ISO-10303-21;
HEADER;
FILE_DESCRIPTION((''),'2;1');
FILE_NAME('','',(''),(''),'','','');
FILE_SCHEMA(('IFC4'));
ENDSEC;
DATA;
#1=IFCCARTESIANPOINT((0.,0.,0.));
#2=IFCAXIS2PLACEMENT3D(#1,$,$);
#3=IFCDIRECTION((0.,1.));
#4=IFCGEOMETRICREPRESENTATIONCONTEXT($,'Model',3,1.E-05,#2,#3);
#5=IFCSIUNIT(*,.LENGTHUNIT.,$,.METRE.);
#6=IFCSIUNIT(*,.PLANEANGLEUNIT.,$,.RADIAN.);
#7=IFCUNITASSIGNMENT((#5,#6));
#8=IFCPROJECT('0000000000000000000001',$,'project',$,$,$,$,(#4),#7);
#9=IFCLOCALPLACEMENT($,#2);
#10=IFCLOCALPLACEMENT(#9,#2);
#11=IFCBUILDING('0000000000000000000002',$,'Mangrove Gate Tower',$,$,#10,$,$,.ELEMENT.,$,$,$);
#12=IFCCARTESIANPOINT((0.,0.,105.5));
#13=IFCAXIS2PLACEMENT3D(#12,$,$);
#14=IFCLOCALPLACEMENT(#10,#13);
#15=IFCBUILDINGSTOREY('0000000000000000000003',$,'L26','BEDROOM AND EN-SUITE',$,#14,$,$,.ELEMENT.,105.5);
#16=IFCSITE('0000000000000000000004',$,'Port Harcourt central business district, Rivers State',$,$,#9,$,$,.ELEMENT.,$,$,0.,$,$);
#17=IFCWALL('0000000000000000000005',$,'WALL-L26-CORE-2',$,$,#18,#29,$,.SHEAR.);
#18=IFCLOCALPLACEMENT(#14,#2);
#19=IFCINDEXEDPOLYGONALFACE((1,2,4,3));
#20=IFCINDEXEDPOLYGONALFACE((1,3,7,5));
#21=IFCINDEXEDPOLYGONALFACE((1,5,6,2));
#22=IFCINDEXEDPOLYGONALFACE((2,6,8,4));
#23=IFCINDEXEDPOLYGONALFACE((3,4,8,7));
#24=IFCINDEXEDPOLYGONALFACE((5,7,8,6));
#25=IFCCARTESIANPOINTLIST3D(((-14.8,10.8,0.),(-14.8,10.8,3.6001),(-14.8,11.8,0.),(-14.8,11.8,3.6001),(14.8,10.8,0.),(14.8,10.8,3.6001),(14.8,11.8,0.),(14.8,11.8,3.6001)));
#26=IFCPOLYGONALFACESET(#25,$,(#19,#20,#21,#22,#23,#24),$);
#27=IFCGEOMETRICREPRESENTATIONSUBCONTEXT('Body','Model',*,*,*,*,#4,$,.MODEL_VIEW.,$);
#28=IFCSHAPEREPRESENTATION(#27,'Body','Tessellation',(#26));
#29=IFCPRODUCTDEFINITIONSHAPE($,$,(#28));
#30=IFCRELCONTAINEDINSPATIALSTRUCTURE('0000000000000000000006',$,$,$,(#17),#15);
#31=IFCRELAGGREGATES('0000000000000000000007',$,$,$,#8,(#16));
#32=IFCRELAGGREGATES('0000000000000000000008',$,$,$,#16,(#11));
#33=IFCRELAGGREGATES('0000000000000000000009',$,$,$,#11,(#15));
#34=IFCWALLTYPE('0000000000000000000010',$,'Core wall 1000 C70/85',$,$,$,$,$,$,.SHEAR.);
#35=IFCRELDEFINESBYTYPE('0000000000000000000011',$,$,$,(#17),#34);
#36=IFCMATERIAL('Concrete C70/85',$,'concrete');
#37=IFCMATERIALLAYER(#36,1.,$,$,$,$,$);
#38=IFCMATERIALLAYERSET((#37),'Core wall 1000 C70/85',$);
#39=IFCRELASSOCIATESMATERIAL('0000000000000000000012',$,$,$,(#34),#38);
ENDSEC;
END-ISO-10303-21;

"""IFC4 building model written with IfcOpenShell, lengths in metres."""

from ifc_helpers import new_model, si_unit, direction, frame, frame_2d, origin, place, context, subcontext, project, spatial, rectangle, extrude, material, layer, layer_set, type_object, element, save


model = new_model("IFC4")

# Units and contexts
model_context = context("Model", 3, precision=1e-05, world=origin(), true_north=direction((0.0, 1.0)))
body_context = subcontext(model_context, "Body", "Model", "MODEL_VIEW")
ifc_project = project(units=[si_unit("LENGTHUNIT", "METRE"), si_unit("PLANEANGLEUNIT", "RADIAN")], contexts=[model_context])

# Site, building, storey
site_placement = place(None, origin())
site = spatial("IfcSite", under=ifc_project, at=site_placement, Name="Port Harcourt central business district, Rivers State", CompositionType="ELEMENT", RefElevation=0.0)
building_placement = place(site_placement, origin())
building = spatial("IfcBuilding", under=site, at=building_placement, Name="Mangrove Gate Tower", CompositionType="ELEMENT")
storey_placement = place(building_placement, frame((0.0, 0.0, 105.5)))
storey = spatial("IfcBuildingStorey", under=building, at=storey_placement, Name="L26", Description="BEDROOM AND EN-SUITE", CompositionType="ELEMENT", Elevation=105.5)

# Wall
ifc_material_1 = material(Name="Concrete C70/85", Category="concrete")
ifc_layer_1 = layer(ifc_material_1, 1.0)
ifc_layer_set_1 = layer_set([ifc_layer_1], Name="Core wall 1000 C70/85")
wall_type_1 = type_object("IfcWallType", Name="Core wall 1000 C70/85", PredefinedType="SHEAR", material=ifc_layer_set_1)
wall_1_placement = place(storey_placement, frame((-14.8, 11.3, 0.0), z_axis=(0.0, 0.0, 1.0), x_axis=(1.0, 0.0, 0.0)))
element("IfcWall", 1, at=wall_1_placement, inside=storey, type_object=wall_type_1, Name="WALL-L26-CORE-2", PredefinedType="SHEAR", context=body_context, shape_type="SweptSolid", body=[
    extrude(rectangle(XDim=29.6001, YDim=1.0, at=frame_2d((14.8, 0.0))), origin(), (0.0, 0.0, 1.0), 3.6001),
])

save(model, "model.ifc")
